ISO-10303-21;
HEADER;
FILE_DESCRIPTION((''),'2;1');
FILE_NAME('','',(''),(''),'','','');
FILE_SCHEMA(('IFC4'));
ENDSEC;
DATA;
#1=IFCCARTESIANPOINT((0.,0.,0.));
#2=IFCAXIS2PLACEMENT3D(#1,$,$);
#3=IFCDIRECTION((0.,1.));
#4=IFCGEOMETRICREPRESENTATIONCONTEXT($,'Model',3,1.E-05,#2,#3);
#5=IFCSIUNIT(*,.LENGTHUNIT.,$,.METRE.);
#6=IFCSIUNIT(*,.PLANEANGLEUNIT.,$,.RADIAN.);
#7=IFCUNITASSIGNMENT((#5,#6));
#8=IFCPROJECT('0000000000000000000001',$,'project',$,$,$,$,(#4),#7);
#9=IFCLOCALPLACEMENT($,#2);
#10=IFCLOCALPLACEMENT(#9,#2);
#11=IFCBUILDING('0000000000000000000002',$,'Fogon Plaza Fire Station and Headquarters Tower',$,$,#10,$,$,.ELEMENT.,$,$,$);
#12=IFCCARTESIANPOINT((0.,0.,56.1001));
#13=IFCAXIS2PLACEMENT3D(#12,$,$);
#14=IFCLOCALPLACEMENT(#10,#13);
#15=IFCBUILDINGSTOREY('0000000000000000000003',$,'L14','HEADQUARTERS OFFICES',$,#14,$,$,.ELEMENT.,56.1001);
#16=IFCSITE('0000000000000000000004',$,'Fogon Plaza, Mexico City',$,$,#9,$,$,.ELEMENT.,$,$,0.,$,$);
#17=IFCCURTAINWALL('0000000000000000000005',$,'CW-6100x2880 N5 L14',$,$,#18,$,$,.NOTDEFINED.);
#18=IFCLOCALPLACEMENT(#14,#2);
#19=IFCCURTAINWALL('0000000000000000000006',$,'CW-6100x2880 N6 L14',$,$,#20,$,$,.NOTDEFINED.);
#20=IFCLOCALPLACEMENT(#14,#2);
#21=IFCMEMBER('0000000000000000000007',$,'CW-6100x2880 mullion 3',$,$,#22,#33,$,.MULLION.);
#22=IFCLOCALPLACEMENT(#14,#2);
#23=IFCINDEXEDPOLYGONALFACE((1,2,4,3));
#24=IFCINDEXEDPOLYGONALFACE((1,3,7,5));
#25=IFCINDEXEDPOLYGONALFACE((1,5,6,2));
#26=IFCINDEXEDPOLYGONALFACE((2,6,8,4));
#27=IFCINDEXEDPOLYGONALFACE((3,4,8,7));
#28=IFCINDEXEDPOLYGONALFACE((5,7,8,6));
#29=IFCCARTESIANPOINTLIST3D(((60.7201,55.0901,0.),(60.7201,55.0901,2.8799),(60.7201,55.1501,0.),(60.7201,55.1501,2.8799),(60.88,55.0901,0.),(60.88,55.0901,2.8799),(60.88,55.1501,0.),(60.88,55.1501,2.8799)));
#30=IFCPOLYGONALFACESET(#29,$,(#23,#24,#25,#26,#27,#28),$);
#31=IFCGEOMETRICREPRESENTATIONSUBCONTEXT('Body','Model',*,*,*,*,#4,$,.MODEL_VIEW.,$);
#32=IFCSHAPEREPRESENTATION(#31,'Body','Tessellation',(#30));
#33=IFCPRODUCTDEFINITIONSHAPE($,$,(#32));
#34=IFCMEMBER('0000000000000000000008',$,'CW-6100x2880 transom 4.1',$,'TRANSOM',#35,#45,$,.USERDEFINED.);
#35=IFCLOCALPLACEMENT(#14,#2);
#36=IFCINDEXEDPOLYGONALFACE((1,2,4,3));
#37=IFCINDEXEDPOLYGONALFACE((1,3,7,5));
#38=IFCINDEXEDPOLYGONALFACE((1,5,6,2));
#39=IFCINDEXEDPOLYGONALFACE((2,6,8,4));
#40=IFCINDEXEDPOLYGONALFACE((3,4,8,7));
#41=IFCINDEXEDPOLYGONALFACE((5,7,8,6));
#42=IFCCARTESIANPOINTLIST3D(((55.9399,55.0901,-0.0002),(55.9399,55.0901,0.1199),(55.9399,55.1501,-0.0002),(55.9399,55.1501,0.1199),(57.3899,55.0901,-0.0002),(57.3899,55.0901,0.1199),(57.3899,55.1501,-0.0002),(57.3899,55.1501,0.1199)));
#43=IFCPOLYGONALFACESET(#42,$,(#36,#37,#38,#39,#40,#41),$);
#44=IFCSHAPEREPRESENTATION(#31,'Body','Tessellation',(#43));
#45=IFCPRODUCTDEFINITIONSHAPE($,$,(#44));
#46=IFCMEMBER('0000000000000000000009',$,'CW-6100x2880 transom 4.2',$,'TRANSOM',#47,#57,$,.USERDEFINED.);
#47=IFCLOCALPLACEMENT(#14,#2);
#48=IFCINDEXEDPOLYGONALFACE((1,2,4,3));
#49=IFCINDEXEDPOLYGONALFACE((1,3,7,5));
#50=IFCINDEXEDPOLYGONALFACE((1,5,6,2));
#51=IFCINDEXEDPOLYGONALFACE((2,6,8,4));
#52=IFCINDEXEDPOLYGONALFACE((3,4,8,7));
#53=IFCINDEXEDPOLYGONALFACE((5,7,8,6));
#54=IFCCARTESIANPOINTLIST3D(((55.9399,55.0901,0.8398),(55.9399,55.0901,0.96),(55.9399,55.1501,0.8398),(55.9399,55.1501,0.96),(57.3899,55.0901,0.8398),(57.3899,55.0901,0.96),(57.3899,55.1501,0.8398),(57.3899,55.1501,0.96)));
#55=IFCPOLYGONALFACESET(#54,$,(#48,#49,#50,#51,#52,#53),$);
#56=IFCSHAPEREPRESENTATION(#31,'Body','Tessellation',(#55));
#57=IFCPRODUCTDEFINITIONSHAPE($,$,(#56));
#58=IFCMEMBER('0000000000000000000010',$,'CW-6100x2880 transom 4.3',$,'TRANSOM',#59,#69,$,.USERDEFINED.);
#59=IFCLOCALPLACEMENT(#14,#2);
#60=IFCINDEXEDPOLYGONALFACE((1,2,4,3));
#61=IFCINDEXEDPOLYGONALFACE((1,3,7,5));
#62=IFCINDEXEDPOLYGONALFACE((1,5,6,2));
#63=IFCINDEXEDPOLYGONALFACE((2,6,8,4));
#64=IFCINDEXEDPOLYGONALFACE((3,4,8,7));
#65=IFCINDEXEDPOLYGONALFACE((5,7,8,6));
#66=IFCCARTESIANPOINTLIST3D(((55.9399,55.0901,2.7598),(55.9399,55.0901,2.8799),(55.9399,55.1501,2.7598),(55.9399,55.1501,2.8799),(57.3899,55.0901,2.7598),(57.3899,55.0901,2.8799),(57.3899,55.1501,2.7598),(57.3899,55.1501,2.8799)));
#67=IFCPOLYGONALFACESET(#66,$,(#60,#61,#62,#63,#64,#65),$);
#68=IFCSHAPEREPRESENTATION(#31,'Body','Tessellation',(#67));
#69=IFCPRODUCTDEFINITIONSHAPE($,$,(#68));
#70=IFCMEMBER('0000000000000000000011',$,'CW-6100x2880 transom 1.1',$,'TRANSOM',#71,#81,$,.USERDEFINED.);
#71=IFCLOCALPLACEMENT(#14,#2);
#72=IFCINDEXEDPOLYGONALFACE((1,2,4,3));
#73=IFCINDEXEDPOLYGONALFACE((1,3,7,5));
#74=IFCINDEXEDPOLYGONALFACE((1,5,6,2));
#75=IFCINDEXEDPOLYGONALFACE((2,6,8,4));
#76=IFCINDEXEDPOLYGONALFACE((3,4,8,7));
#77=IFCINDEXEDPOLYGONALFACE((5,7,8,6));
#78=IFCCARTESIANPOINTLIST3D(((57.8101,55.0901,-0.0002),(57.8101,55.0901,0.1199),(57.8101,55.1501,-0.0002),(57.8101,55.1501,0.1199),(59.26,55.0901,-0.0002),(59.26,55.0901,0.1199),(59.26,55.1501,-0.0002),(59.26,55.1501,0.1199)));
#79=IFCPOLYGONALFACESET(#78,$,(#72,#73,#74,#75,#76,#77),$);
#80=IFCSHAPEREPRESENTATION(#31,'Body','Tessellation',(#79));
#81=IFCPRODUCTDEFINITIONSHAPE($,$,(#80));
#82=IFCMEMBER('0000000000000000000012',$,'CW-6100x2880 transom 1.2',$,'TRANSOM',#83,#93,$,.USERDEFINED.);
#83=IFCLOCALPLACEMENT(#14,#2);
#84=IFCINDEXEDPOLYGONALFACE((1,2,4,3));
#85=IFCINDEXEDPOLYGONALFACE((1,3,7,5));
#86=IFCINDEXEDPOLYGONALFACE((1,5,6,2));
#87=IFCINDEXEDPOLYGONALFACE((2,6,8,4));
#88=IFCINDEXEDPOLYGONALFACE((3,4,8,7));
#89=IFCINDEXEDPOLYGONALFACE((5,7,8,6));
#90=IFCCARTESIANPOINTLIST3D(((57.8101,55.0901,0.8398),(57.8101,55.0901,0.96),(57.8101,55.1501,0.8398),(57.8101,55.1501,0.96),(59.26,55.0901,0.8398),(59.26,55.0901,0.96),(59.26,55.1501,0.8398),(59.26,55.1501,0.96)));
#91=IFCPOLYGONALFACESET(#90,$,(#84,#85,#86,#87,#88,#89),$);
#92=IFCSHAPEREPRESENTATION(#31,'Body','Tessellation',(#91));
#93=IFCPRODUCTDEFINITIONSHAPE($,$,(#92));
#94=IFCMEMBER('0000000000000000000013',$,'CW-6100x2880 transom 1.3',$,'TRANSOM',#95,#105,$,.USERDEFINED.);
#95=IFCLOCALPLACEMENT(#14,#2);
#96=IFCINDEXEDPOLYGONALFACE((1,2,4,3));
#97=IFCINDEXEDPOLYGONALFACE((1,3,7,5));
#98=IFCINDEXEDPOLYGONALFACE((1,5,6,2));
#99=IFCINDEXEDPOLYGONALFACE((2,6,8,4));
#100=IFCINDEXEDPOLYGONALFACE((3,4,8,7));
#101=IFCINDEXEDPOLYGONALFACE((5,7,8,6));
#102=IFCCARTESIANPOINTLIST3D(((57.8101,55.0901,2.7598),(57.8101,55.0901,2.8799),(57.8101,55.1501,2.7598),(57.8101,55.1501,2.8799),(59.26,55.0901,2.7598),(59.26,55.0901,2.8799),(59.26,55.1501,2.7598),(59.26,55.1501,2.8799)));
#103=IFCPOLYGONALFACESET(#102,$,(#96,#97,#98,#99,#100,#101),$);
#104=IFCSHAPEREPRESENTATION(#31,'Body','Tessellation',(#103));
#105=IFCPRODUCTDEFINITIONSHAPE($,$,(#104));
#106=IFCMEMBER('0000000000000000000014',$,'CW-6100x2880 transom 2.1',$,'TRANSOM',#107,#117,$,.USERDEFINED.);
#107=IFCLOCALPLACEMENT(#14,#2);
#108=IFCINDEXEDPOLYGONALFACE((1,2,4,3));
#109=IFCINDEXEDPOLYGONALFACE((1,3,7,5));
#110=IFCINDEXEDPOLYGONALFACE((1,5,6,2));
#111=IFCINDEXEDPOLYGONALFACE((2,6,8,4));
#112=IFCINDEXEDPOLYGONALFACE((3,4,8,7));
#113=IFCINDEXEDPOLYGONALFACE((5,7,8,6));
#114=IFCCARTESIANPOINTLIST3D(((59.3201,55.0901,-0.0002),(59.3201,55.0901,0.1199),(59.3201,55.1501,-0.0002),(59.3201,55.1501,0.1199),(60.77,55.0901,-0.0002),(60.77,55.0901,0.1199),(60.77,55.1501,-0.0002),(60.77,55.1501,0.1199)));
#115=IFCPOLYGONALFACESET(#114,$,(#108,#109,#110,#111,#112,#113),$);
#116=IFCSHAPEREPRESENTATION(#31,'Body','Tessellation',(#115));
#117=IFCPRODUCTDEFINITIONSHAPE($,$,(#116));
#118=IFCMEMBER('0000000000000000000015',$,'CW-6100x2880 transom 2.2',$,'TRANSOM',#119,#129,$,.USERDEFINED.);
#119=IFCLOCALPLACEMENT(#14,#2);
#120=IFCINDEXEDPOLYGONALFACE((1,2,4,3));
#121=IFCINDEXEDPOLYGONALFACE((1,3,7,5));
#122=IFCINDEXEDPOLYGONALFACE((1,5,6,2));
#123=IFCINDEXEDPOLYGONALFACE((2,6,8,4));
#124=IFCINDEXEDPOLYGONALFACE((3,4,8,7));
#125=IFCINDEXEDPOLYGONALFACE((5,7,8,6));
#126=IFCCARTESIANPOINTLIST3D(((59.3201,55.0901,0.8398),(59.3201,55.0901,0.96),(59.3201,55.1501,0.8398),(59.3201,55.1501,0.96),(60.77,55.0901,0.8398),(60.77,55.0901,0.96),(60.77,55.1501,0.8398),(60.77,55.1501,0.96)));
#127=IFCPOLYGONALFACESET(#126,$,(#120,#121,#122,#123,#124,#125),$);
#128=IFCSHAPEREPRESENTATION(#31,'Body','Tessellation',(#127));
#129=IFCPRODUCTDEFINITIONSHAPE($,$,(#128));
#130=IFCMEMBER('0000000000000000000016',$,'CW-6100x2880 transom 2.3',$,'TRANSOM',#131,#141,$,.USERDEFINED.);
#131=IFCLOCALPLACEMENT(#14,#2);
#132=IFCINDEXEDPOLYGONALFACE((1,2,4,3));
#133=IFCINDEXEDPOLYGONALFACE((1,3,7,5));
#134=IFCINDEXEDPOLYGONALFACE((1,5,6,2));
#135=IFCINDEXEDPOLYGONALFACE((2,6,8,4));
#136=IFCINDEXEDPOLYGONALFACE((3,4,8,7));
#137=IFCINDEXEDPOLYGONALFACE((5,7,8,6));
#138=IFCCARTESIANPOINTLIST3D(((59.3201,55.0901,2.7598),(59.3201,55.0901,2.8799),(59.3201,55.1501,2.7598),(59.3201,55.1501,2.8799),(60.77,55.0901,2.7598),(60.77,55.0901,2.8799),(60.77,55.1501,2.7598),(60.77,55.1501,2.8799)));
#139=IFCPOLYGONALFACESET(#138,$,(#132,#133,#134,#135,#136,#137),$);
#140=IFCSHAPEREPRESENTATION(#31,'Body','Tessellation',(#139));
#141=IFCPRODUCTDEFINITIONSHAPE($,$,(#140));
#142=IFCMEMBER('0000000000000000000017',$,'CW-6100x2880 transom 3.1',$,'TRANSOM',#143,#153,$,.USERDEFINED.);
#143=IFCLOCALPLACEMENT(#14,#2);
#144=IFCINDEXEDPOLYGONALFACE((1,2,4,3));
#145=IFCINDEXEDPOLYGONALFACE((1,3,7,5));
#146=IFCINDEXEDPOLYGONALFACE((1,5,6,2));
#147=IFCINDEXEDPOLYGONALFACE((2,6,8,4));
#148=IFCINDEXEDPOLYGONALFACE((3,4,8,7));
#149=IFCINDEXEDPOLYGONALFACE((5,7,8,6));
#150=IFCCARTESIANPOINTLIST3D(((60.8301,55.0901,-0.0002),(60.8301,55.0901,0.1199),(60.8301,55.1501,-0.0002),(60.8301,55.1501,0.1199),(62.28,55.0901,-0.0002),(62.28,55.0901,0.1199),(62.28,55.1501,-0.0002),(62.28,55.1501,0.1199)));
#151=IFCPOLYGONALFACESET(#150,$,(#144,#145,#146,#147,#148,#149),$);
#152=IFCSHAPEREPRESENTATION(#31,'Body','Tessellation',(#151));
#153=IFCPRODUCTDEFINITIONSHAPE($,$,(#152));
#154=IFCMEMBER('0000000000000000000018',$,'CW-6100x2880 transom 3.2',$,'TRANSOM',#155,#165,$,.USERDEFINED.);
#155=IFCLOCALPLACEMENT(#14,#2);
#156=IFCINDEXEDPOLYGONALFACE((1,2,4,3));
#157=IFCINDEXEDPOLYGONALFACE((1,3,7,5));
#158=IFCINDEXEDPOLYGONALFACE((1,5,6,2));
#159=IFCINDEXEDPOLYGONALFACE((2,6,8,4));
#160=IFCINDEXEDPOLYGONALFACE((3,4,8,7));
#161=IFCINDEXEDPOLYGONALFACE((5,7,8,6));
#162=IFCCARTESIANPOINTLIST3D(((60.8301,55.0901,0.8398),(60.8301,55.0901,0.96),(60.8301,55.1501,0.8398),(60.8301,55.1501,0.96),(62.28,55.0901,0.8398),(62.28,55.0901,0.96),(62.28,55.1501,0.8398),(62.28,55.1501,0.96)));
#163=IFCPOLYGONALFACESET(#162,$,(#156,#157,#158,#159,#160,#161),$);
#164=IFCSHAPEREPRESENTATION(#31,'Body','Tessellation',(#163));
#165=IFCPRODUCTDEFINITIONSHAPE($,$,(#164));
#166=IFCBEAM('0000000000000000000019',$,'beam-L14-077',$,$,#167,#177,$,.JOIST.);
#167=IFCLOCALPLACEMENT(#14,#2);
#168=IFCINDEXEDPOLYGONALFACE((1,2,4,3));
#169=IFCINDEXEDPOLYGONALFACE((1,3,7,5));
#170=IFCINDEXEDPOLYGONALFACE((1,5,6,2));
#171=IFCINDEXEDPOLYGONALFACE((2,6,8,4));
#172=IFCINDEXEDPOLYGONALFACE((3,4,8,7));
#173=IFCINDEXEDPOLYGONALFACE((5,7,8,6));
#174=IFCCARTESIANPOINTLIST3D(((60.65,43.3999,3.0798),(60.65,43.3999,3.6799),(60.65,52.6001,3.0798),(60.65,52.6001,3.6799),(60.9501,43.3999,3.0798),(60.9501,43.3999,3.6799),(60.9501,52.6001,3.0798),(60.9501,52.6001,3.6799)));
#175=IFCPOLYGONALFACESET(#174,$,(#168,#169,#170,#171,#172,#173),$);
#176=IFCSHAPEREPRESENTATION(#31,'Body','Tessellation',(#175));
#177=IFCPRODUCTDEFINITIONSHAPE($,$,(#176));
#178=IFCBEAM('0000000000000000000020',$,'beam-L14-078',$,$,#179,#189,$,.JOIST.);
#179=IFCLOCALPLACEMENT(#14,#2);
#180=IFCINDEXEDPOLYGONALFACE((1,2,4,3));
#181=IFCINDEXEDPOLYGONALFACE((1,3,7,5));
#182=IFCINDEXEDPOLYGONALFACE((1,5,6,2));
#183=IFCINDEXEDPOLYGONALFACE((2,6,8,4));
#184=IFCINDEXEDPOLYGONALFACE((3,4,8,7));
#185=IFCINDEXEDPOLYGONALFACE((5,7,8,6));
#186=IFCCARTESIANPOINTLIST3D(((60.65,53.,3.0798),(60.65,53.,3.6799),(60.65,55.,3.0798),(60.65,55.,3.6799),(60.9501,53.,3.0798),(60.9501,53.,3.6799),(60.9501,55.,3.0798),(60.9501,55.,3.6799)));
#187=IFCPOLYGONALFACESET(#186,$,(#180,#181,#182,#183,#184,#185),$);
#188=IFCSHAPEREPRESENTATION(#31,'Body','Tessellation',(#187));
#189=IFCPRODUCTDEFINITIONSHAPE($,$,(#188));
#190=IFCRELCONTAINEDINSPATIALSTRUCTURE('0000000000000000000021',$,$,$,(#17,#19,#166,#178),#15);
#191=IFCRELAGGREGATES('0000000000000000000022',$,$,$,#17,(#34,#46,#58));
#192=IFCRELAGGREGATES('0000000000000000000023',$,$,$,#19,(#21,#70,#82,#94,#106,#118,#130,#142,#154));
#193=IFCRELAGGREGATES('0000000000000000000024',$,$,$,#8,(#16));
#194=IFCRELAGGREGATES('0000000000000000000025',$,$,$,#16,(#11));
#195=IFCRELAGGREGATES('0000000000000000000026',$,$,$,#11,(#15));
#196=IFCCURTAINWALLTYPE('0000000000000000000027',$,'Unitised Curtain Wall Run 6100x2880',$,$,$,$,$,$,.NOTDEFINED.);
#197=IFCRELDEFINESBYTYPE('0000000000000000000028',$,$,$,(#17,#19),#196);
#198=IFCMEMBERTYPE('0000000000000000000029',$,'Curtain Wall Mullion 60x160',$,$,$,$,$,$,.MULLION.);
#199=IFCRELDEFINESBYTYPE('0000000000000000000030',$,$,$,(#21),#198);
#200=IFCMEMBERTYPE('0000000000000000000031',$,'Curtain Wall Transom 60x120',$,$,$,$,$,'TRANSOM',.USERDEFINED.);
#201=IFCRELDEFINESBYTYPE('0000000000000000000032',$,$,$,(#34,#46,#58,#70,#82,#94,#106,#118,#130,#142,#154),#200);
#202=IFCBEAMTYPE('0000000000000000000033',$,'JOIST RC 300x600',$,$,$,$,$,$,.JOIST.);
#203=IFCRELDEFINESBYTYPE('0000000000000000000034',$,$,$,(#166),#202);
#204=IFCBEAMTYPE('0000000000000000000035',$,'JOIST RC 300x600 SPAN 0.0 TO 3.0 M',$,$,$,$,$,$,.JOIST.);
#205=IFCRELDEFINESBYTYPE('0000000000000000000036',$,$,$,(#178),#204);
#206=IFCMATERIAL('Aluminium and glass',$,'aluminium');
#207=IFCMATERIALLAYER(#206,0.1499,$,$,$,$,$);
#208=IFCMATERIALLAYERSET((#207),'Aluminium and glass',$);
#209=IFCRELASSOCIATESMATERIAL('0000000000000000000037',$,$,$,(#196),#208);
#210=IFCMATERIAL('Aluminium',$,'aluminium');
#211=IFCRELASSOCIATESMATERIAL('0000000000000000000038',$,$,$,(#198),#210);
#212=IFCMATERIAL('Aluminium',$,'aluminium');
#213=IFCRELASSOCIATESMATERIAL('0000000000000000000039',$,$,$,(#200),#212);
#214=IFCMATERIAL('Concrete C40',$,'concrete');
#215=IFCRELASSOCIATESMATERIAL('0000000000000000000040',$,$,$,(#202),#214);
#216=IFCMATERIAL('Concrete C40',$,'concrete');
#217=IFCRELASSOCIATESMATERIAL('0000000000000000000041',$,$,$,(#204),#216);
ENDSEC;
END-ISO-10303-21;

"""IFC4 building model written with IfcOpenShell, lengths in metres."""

from ifc_helpers import new_model, si_unit, direction, frame, origin, origin_2d, place, context, subcontext, project, spatial, rectangle, extrude, material, layer, layer_set, material_profile, profile_set, type_object, element, aggregate, save


model = new_model("IFC4")

# Units and contexts
model_context = context("Model", 3, precision=1e-05, world=origin(), true_north=direction((0.0, 1.0)))
body_context = subcontext(model_context, "Body", "Model", "MODEL_VIEW")
ifc_project = project(units=[si_unit("LENGTHUNIT", "METRE"), si_unit("PLANEANGLEUNIT", "RADIAN")], contexts=[model_context])

# Site, building, storey
site_placement = place(None, origin())
site = spatial("IfcSite", under=ifc_project, at=site_placement, Name="Fogon Plaza, Mexico City", CompositionType="ELEMENT", RefElevation=0.0)
building_placement = place(site_placement, origin())
building = spatial("IfcBuilding", under=site, at=building_placement, Name="Fogon Plaza Fire Station and Headquarters Tower", CompositionType="ELEMENT")
storey_placement = place(building_placement, frame((0.0, 0.0, 56.1001)))
storey = spatial("IfcBuildingStorey", under=building, at=storey_placement, Name="L14", Description="HEADQUARTERS OFFICES", CompositionType="ELEMENT", Elevation=56.1001)

# Curtain walls, member
ifc_material_1 = material(Name="Aluminium and glass", Category="aluminium")
ifc_layer_1 = layer(ifc_material_1, 0.1499)
ifc_layer_set_1 = layer_set([ifc_layer_1], Name="Aluminium and glass")
curtain_wall_type = type_object("IfcCurtainWallType", Name="Unitised Curtain Wall Run 6100x2880", PredefinedType="NOTDEFINED", material=ifc_layer_set_1)
curtain_wall_1_placement = place(storey_placement, origin())
curtain_wall_1 = element("IfcCurtainWall", 1, at=curtain_wall_1_placement, inside=storey, type_object=curtain_wall_type, Name="CW-6100x2880 N5 L14", PredefinedType="NOTDEFINED")
ifc_material_2 = material(Name="Aluminium", Category="aluminium")
ifc_material_profile_1 = material_profile(ifc_material_2, rectangle(XDim=0.0601, YDim=0.1599, at=origin_2d()), Name="Curtain Wall Mullion 60x160")
ifc_profile_set_1 = profile_set([ifc_material_profile_1], Name="Aluminium")
member_type_1 = type_object("IfcMemberType", Name="Curtain Wall Mullion 60x160", PredefinedType="MULLION", material=ifc_profile_set_1)
curtain_wall_2_placement = place(storey_placement, origin())
curtain_wall_2 = element("IfcCurtainWall", 2, at=curtain_wall_2_placement, inside=storey, type_object=curtain_wall_type, Name="CW-6100x2880 N6 L14", PredefinedType="NOTDEFINED")
member_1_placement = place(storey_placement, frame((60.8, 55.1201, 0.0), z_axis=(0.0, 0.0, 1.0), x_axis=(0.0, 1.0, 0.0)))
member_1 = element("IfcMember", 3, at=member_1_placement, type_object=member_type_1, Name="CW-6100x2880 mullion 3", PredefinedType="MULLION", context=body_context, shape_type="SweptSolid", body=[
    extrude(rectangle(XDim=0.0601, YDim=0.1599, at=origin_2d()), origin(), (0.0, 0.0, 1.0), 2.8799),
])

# Members
ifc_material_3 = material(Name="Aluminium", Category="aluminium")
ifc_material_profile_2 = material_profile(ifc_material_3, rectangle(XDim=0.0601, YDim=0.1201, at=origin_2d()), Name="Curtain Wall Transom 60x120")
ifc_profile_set_2 = profile_set([ifc_material_profile_2], Name="Aluminium")
member_type_2 = type_object("IfcMemberType", Name="Curtain Wall Transom 60x120", ElementType="TRANSOM", PredefinedType="USERDEFINED", material=ifc_profile_set_2)
member_2_placement = place(storey_placement, frame((55.9399, 55.1201, 0.0598), z_axis=(1.0, 0.0, 0.0), x_axis=(0.0, 1.0, 0.0)))
member_2 = element("IfcMember", 4, at=member_2_placement, type_object=member_type_2, Name="CW-6100x2880 transom 4.1", ObjectType="TRANSOM", PredefinedType="USERDEFINED", context=body_context, shape_type="SweptSolid", body=[
    extrude(rectangle(XDim=0.0601, YDim=0.1201, at=origin_2d()), origin(), (0.0, 0.0, 1.0), 1.45),
])
member_3_placement = place(storey_placement, frame((55.9399, 55.1201, 0.8999), z_axis=(1.0, 0.0, 0.0), x_axis=(0.0, 1.0, 0.0)))
member_3 = element("IfcMember", 5, at=member_3_placement, type_object=member_type_2, Name="CW-6100x2880 transom 4.2", ObjectType="TRANSOM", PredefinedType="USERDEFINED", context=body_context, shape_type="SweptSolid", body=[
    extrude(rectangle(XDim=0.0601, YDim=0.1201, at=origin_2d()), origin(), (0.0, 0.0, 1.0), 1.45),
])
member_4_placement = place(storey_placement, frame((55.9399, 55.1201, 2.8198), z_axis=(1.0, 0.0, 0.0), x_axis=(0.0, 1.0, 0.0)))
member_4 = element("IfcMember", 6, at=member_4_placement, type_object=member_type_2, Name="CW-6100x2880 transom 4.3", ObjectType="TRANSOM", PredefinedType="USERDEFINED", context=body_context, shape_type="SweptSolid", body=[
    extrude(rectangle(XDim=0.0601, YDim=0.1201, at=origin_2d()), origin(), (0.0, 0.0, 1.0), 1.45),
])
member_5_placement = place(storey_placement, frame((57.8101, 55.1201, 0.0598), z_axis=(1.0, 0.0, 0.0), x_axis=(0.0, 1.0, 0.0)))
member_5 = element("IfcMember", 7, at=member_5_placement, type_object=member_type_2, Name="CW-6100x2880 transom 1.1", ObjectType="TRANSOM", PredefinedType="USERDEFINED", context=body_context, shape_type="SweptSolid", body=[
    extrude(rectangle(XDim=0.0601, YDim=0.1201, at=origin_2d()), origin(), (0.0, 0.0, 1.0), 1.45),
])
member_6_placement = place(storey_placement, frame((57.8101, 55.1201, 0.8999), z_axis=(1.0, 0.0, 0.0), x_axis=(0.0, 1.0, 0.0)))
member_6 = element("IfcMember", 8, at=member_6_placement, type_object=member_type_2, Name="CW-6100x2880 transom 1.2", ObjectType="TRANSOM", PredefinedType="USERDEFINED", context=body_context, shape_type="SweptSolid", body=[
    extrude(rectangle(XDim=0.0601, YDim=0.1201, at=origin_2d()), origin(), (0.0, 0.0, 1.0), 1.45),
])
member_7_placement = place(storey_placement, frame((57.8101, 55.1201, 2.8198), z_axis=(1.0, 0.0, 0.0), x_axis=(0.0, 1.0, 0.0)))
member_7 = element("IfcMember", 9, at=member_7_placement, type_object=member_type_2, Name="CW-6100x2880 transom 1.3", ObjectType="TRANSOM", PredefinedType="USERDEFINED", context=body_context, shape_type="SweptSolid", body=[
    extrude(rectangle(XDim=0.0601, YDim=0.1201, at=origin_2d()), origin(), (0.0, 0.0, 1.0), 1.45),
])
member_8_placement = place(storey_placement, frame((59.3201, 55.1201, 0.0598), z_axis=(1.0, 0.0, 0.0), x_axis=(0.0, 1.0, 0.0)))
member_8 = element("IfcMember", 10, at=member_8_placement, type_object=member_type_2, Name="CW-6100x2880 transom 2.1", ObjectType="TRANSOM", PredefinedType="USERDEFINED", context=body_context, shape_type="SweptSolid", body=[
    extrude(rectangle(XDim=0.0601, YDim=0.1201, at=origin_2d()), origin(), (0.0, 0.0, 1.0), 1.45),
])
member_9_placement = place(storey_placement, frame((59.3201, 55.1201, 0.8999), z_axis=(1.0, 0.0, 0.0), x_axis=(0.0, 1.0, 0.0)))
member_9 = element("IfcMember", 11, at=member_9_placement, type_object=member_type_2, Name="CW-6100x2880 transom 2.2", ObjectType="TRANSOM", PredefinedType="USERDEFINED", context=body_context, shape_type="SweptSolid", body=[
    extrude(rectangle(XDim=0.0601, YDim=0.1201, at=origin_2d()), origin(), (0.0, 0.0, 1.0), 1.45),
])
member_10_placement = place(storey_placement, frame((59.3201, 55.1201, 2.8198), z_axis=(1.0, 0.0, 0.0), x_axis=(0.0, 1.0, 0.0)))
member_10 = element("IfcMember", 12, at=member_10_placement, type_object=member_type_2, Name="CW-6100x2880 transom 2.3", ObjectType="TRANSOM", PredefinedType="USERDEFINED", context=body_context, shape_type="SweptSolid", body=[
    extrude(rectangle(XDim=0.0601, YDim=0.1201, at=origin_2d()), origin(), (0.0, 0.0, 1.0), 1.45),
])
member_11_placement = place(storey_placement, frame((60.8301, 55.1201, 0.0598), z_axis=(1.0, 0.0, 0.0), x_axis=(0.0, 1.0, 0.0)))
member_11 = element("IfcMember", 13, at=member_11_placement, type_object=member_type_2, Name="CW-6100x2880 transom 3.1", ObjectType="TRANSOM", PredefinedType="USERDEFINED", context=body_context, shape_type="SweptSolid", body=[
    extrude(rectangle(XDim=0.0601, YDim=0.1201, at=origin_2d()), origin(), (0.0, 0.0, 1.0), 1.45),
])
member_12_placement = place(storey_placement, frame((60.8301, 55.1201, 0.8999), z_axis=(1.0, 0.0, 0.0), x_axis=(0.0, 1.0, 0.0)))
member_12 = element("IfcMember", 14, at=member_12_placement, type_object=member_type_2, Name="CW-6100x2880 transom 3.2", ObjectType="TRANSOM", PredefinedType="USERDEFINED", context=body_context, shape_type="SweptSolid", body=[
    extrude(rectangle(XDim=0.0601, YDim=0.1201, at=origin_2d()), origin(), (0.0, 0.0, 1.0), 1.45),
])

# Beams
ifc_material_4 = material(Name="Concrete C40", Category="concrete")
ifc_material_profile_3 = material_profile(ifc_material_4, rectangle(XDim=0.3, YDim=0.6001, at=origin_2d()), Name="RC 300x600")
ifc_profile_set_3 = profile_set([ifc_material_profile_3], Name="Concrete C40")
beam_type_1 = type_object("IfcBeamType", Name="JOIST RC 300x600", PredefinedType="JOIST", material=ifc_profile_set_3)
beam_1_placement = place(storey_placement, frame((60.8, 43.3999, 3.3799), z_axis=(0.0, 1.0, 0.0), x_axis=(-1.0, 0.0, 0.0)))
element("IfcBeam", 15, at=beam_1_placement, inside=storey, type_object=beam_type_1, Name="beam-L14-077", PredefinedType="JOIST", context=body_context, shape_type="SweptSolid", body=[
    extrude(rectangle(XDim=0.3, YDim=0.6001, at=origin_2d()), origin(), (0.0, 0.0, 1.0), 9.2002),
])
ifc_material_5 = material(Name="Concrete C40", Category="concrete")
ifc_material_profile_4 = material_profile(ifc_material_5, rectangle(XDim=0.3, YDim=0.6001, at=origin_2d()), Name="RC 300x600")
ifc_profile_set_4 = profile_set([ifc_material_profile_4], Name="Concrete C40")
beam_type_2 = type_object("IfcBeamType", Name="JOIST RC 300x600 SPAN 0.0 TO 3.0 M", PredefinedType="JOIST", material=ifc_profile_set_4)
beam_2_placement = place(storey_placement, frame((60.8, 53.0, 3.3799), z_axis=(0.0, 1.0, 0.0), x_axis=(-1.0, 0.0, 0.0)))
element("IfcBeam", 16, at=beam_2_placement, inside=storey, type_object=beam_type_2, Name="beam-L14-078", PredefinedType="JOIST", context=body_context, shape_type="SweptSolid", body=[
    extrude(rectangle(XDim=0.3, YDim=0.6001, at=origin_2d()), origin(), (0.0, 0.0, 1.0), 2.0),
])

aggregate(curtain_wall_1, [member_2, member_3, member_4])
aggregate(curtain_wall_2, [member_1, member_5, member_6, member_7, member_8, member_9, member_10, member_11, member_12])

save(model, "model.ifc")
